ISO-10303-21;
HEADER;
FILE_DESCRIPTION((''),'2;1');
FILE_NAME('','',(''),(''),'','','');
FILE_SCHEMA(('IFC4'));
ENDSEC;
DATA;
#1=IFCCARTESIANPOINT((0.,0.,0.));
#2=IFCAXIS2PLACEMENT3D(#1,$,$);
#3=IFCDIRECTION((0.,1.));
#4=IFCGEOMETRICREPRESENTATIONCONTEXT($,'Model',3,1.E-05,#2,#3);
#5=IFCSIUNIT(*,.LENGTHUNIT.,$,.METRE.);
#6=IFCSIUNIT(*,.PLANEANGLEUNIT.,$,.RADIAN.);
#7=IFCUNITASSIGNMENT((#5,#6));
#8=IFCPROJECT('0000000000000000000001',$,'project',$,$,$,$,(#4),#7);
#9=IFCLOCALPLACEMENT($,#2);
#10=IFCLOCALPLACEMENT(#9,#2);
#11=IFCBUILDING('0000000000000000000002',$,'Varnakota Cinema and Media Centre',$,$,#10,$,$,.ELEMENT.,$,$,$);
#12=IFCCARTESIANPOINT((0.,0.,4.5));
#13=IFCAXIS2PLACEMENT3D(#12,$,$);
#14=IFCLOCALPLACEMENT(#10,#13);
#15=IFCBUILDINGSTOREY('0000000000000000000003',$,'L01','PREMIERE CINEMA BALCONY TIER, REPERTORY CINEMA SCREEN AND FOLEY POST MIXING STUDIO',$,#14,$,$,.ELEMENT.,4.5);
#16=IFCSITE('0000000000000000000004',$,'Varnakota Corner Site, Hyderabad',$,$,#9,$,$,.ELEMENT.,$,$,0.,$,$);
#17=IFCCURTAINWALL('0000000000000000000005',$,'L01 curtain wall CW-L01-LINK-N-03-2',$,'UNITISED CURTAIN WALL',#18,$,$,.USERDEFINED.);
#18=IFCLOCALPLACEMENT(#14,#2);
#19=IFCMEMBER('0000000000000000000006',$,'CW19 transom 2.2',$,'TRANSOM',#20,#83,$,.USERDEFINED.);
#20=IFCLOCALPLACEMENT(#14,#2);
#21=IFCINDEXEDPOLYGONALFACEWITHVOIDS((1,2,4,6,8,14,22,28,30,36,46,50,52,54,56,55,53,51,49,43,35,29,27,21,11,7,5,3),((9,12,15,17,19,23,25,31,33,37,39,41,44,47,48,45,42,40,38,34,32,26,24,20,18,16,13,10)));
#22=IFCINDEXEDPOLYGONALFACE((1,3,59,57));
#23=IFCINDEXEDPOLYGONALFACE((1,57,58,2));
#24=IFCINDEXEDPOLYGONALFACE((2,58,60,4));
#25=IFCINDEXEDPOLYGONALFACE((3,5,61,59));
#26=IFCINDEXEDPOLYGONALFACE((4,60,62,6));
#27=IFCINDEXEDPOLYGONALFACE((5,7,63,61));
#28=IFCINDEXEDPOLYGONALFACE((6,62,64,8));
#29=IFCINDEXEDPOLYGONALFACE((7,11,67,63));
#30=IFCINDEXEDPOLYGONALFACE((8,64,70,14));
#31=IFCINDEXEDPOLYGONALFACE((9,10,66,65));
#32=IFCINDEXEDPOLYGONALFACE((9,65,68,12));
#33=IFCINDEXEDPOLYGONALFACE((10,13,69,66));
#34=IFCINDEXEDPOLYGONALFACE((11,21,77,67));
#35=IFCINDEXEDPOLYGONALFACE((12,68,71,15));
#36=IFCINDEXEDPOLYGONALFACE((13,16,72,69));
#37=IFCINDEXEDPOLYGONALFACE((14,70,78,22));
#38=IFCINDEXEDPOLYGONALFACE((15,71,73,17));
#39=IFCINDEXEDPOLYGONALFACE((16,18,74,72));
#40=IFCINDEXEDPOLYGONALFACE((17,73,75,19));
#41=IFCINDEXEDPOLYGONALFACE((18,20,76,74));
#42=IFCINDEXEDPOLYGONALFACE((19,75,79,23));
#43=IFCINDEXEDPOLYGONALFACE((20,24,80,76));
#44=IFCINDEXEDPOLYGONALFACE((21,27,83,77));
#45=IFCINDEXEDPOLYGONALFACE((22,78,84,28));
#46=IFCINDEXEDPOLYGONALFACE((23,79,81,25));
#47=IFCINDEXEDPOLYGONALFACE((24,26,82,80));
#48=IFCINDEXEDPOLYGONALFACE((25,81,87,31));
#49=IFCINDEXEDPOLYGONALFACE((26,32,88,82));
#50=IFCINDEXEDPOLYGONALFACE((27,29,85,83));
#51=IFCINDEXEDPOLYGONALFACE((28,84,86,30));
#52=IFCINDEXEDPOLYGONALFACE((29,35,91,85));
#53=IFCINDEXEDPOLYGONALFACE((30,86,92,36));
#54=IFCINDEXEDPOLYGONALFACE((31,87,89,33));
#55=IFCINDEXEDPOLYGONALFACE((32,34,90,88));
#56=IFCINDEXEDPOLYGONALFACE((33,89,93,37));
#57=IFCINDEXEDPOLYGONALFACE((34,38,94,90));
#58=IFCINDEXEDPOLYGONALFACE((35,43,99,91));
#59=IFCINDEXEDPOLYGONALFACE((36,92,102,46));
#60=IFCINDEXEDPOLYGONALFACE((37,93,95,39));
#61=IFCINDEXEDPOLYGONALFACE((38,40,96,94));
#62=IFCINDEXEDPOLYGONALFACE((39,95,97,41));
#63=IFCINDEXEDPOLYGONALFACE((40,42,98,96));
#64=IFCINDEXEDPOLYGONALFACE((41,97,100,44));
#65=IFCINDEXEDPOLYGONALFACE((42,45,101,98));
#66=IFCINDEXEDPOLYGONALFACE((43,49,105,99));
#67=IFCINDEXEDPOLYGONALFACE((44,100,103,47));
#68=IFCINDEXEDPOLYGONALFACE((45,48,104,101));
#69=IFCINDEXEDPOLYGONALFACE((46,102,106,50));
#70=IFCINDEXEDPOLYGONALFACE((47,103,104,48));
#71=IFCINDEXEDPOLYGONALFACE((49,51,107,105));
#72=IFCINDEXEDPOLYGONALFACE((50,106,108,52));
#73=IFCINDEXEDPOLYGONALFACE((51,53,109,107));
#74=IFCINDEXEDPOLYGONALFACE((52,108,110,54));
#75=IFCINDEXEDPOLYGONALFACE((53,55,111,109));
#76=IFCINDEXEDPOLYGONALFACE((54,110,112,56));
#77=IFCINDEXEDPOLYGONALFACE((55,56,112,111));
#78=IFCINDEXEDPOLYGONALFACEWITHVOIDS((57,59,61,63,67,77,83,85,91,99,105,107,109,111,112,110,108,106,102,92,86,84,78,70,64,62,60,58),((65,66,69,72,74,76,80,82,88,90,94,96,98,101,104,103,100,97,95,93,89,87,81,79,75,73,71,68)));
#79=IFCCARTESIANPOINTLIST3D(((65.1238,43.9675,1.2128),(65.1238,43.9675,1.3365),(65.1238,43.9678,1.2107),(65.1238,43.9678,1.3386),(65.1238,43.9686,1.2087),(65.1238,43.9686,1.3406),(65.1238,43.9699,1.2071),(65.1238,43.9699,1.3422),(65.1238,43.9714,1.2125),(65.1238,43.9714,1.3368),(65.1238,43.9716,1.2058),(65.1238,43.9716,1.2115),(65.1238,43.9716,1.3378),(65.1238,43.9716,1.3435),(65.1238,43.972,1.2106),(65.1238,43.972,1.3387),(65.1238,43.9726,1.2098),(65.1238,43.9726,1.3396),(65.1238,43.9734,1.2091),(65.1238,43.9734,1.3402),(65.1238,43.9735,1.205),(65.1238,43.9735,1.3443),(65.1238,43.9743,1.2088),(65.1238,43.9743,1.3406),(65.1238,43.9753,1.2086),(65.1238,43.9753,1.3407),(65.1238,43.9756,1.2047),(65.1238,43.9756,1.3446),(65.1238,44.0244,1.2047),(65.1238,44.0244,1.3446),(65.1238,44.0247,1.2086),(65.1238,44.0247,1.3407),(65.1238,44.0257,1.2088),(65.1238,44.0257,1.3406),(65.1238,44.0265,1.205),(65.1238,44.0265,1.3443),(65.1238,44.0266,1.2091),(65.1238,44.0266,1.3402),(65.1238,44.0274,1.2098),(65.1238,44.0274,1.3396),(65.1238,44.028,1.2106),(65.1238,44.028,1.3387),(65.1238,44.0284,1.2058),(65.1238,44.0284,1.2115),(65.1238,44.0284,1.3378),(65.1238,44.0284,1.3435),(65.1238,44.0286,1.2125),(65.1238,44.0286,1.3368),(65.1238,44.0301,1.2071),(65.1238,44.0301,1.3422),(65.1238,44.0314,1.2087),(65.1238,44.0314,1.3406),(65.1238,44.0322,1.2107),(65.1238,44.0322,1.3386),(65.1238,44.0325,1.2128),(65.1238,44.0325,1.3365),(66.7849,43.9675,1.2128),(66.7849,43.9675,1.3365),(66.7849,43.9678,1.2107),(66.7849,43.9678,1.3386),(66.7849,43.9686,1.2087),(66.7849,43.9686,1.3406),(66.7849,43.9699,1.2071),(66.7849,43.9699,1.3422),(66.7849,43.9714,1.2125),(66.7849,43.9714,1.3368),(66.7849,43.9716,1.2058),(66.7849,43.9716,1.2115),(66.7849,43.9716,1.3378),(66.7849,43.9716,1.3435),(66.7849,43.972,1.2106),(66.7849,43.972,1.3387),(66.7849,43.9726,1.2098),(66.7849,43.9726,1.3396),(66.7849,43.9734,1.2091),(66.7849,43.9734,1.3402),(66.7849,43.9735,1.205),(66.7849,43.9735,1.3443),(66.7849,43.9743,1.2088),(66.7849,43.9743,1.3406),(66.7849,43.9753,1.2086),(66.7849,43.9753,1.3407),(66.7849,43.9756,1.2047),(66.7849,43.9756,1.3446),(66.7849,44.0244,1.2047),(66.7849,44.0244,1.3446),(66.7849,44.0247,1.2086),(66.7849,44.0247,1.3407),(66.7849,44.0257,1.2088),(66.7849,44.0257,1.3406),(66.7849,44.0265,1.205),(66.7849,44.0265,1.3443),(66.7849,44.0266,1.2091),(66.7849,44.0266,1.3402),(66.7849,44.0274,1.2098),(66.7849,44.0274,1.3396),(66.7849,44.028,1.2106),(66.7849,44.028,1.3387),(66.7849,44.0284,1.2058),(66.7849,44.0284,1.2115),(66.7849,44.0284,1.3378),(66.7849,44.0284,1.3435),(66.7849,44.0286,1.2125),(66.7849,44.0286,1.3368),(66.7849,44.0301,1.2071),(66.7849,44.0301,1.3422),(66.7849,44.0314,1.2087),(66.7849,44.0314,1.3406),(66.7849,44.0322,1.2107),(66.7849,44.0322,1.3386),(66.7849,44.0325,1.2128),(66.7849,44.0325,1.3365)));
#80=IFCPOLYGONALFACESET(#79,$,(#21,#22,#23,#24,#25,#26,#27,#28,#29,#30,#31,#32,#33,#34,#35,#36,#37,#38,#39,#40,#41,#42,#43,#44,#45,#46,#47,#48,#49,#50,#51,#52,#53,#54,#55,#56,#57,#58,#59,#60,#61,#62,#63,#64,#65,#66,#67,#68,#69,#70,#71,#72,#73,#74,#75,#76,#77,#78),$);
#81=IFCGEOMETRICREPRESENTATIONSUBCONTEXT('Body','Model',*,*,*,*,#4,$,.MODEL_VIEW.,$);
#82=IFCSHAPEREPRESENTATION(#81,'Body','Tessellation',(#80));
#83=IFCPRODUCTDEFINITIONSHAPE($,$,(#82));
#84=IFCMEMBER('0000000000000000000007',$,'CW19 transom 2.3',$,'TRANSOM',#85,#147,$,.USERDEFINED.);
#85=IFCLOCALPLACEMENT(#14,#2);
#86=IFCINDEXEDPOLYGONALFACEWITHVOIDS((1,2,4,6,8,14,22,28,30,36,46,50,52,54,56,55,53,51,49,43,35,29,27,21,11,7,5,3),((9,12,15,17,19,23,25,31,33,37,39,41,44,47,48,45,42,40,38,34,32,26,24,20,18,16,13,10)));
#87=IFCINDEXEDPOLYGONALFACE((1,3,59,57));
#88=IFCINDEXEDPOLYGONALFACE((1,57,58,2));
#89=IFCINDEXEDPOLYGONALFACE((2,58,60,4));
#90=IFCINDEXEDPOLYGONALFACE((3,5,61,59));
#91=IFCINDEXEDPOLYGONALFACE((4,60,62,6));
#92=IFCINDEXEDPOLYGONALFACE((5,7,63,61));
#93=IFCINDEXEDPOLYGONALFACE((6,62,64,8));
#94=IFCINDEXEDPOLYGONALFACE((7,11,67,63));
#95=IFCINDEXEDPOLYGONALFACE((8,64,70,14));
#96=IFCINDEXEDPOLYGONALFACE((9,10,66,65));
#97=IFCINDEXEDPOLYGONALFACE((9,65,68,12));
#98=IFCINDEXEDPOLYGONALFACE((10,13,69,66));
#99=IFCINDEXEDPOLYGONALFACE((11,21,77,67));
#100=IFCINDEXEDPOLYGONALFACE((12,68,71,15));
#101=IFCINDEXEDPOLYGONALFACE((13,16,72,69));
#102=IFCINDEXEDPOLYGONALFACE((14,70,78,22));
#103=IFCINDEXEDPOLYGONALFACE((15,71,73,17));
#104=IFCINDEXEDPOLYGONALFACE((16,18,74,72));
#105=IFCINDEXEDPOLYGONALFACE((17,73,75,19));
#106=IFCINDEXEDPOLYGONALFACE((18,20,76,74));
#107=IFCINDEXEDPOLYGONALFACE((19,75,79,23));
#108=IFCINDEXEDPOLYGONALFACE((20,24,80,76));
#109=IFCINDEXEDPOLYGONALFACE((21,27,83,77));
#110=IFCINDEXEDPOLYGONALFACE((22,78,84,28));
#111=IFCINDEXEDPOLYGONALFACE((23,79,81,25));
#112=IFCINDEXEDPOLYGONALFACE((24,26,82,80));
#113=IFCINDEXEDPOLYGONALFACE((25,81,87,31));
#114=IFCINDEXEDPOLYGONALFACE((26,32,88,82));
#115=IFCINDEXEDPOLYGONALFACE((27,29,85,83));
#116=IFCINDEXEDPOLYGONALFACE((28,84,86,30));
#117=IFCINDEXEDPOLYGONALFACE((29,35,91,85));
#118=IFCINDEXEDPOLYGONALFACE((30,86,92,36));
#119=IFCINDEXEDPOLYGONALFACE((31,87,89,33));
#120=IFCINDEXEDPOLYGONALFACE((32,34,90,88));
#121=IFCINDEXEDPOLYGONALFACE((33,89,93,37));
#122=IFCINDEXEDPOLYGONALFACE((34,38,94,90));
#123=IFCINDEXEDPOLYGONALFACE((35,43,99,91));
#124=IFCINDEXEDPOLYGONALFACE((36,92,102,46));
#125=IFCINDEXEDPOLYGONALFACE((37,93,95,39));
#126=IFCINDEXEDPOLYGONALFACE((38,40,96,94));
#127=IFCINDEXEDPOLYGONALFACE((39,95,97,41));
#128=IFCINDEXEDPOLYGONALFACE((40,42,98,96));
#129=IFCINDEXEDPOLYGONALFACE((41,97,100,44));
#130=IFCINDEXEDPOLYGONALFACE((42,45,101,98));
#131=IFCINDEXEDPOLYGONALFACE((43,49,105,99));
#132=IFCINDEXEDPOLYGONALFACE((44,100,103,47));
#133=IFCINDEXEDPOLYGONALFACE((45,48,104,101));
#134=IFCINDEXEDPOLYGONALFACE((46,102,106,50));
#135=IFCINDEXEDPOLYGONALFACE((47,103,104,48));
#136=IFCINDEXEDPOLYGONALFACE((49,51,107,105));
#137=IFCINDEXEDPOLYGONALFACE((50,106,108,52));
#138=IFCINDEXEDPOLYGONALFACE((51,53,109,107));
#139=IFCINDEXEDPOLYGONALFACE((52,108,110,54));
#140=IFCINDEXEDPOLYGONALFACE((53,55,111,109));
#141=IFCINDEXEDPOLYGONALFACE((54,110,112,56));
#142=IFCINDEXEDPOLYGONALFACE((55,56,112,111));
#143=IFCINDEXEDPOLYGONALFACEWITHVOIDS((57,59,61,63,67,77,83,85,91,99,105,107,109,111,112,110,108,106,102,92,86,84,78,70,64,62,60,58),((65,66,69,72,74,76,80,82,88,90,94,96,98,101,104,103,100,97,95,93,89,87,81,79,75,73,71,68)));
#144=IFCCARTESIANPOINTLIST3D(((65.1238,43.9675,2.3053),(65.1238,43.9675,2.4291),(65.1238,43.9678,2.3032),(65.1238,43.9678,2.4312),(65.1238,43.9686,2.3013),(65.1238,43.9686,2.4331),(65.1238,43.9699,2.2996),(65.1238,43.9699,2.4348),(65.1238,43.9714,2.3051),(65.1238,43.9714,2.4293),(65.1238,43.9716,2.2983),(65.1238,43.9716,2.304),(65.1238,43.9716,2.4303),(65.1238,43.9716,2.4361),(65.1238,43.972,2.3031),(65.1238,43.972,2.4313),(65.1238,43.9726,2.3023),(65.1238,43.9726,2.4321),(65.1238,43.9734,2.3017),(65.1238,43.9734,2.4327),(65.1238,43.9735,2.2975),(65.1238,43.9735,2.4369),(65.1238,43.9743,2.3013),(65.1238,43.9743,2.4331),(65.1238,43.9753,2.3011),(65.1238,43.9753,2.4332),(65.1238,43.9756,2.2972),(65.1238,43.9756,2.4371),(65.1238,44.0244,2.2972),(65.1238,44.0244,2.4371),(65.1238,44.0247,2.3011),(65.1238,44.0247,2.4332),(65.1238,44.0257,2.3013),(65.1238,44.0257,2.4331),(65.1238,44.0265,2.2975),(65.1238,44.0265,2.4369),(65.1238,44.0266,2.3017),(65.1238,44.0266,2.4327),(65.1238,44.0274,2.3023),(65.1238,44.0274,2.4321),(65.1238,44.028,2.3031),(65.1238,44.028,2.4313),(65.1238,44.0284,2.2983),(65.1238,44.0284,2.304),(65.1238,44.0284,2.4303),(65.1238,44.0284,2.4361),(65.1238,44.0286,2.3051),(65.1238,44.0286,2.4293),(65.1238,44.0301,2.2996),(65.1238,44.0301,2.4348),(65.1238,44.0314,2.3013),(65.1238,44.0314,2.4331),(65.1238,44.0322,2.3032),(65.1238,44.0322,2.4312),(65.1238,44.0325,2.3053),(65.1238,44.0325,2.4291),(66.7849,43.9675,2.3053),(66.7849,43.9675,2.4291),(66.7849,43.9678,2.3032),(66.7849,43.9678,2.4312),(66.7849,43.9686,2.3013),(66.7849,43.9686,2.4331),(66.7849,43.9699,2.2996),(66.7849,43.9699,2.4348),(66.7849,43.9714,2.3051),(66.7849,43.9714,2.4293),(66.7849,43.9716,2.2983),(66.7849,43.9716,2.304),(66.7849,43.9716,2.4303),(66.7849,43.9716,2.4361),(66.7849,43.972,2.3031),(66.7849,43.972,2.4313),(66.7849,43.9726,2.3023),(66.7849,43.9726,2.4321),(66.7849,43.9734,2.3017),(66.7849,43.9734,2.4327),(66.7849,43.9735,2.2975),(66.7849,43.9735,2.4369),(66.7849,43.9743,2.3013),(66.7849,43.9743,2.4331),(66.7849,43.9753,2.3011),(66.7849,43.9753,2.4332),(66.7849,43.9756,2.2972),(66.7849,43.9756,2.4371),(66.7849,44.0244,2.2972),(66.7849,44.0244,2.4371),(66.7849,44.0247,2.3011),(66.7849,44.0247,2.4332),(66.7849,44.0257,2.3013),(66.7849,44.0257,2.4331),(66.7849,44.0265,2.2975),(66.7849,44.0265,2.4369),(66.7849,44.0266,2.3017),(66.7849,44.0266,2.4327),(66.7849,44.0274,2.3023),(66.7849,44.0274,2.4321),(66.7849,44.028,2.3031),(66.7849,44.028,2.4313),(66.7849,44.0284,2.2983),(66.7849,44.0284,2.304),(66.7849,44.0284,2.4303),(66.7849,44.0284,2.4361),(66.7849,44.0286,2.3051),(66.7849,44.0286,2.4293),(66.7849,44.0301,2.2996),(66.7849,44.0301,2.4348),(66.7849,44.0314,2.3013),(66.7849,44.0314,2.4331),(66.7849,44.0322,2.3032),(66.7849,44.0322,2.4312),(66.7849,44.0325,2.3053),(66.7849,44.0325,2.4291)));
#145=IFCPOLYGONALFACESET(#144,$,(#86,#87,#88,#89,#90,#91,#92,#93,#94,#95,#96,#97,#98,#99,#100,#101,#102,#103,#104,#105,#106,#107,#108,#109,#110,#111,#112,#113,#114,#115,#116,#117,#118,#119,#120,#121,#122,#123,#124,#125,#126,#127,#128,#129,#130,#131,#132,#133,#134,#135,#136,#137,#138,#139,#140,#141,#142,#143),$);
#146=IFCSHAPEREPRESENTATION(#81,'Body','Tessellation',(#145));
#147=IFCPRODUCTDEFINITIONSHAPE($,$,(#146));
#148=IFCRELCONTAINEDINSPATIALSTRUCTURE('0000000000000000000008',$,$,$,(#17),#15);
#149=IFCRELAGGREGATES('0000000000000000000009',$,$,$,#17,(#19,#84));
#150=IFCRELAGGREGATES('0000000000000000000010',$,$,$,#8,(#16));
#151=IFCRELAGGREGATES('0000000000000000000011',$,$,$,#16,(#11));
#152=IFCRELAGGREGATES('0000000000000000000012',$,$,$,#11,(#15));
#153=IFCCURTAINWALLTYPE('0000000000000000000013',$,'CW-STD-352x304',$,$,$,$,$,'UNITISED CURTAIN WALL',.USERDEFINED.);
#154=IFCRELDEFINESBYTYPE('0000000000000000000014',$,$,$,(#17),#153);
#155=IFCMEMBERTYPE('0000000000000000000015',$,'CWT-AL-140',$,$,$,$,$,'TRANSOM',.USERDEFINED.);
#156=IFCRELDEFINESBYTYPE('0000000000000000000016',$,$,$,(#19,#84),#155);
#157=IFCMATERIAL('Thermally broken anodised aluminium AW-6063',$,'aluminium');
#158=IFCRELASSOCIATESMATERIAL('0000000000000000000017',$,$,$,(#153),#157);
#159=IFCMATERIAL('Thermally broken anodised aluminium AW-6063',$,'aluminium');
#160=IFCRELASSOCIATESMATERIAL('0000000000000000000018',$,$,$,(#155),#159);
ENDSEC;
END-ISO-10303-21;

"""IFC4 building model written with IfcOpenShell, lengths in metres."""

from ifc_helpers import new_model, si_unit, direction, frame, origin, origin_2d, place, context, subcontext, project, spatial, hollow_rectangle, extrude, material, material_profile, profile_set, type_object, element, aggregate, save


model = new_model("IFC4")

# Units and contexts
model_context = context("Model", 3, precision=1e-05, world=origin(), true_north=direction((0.0, 1.0)))
body_context = subcontext(model_context, "Body", "Model", "MODEL_VIEW")
ifc_project = project(units=[si_unit("LENGTHUNIT", "METRE"), si_unit("PLANEANGLEUNIT", "RADIAN")], contexts=[model_context])

# Site, building, storey
site_placement = place(None, origin())
site = spatial("IfcSite", under=ifc_project, at=site_placement, Name="Varnakota Corner Site, Hyderabad", CompositionType="ELEMENT", RefElevation=0.0)
building_placement = place(site_placement, origin())
building = spatial("IfcBuilding", under=site, at=building_placement, Name="Varnakota Cinema and Media Centre", CompositionType="ELEMENT")
storey_placement = place(building_placement, frame((0.0, 0.0, 4.5)))
storey = spatial("IfcBuildingStorey", under=building, at=storey_placement, Name="L01", Description="PREMIERE CINEMA BALCONY TIER, REPERTORY CINEMA SCREEN AND FOLEY POST MIXING STUDIO", CompositionType="ELEMENT", Elevation=4.5)

# Curtain wall
ifc_material_1 = material(Name="Thermally broken anodised aluminium AW-6063", Category="aluminium")
curtain_wall_type_1 = type_object("IfcCurtainWallType", Name="CW-STD-352x304", ElementType="UNITISED CURTAIN WALL", PredefinedType="USERDEFINED", material=ifc_material_1)
curtain_wall_1_placement = place(storey_placement, origin())
curtain_wall_1 = element("IfcCurtainWall", 1, at=curtain_wall_1_placement, inside=storey, type_object=curtain_wall_type_1, Name="L01 curtain wall CW-L01-LINK-N-03-2", ObjectType="UNITISED CURTAIN WALL", PredefinedType="USERDEFINED")

# Members
ifc_material_2 = material(Name="Thermally broken anodised aluminium AW-6063", Category="aluminium")
ifc_material_profile_1 = material_profile(ifc_material_2, hollow_rectangle(XDim=0.0649, YDim=0.1399, WallThickness=0.0039, InnerFilletRadius=0.0039, OuterFilletRadius=0.0081, at=origin_2d()), Name="AL-TRANSOM 140x65x4")
ifc_profile_set_1 = profile_set([ifc_material_profile_1], Name="Thermally broken anodised aluminium AW-6063")
member_type_1 = type_object("IfcMemberType", Name="CWT-AL-140", ElementType="TRANSOM", PredefinedType="USERDEFINED", material=ifc_profile_set_1)
member_1_placement = place(storey_placement, frame((65.1238, 44.0, 1.2747), z_axis=(1.0, 0.0, 0.0), x_axis=(0.0, 1.0, 0.0)))
member_1 = element("IfcMember", 2, at=member_1_placement, type_object=member_type_1, Name="CW19 transom 2.2", ObjectType="TRANSOM", PredefinedType="USERDEFINED", context=body_context, shape_type="SweptSolid", body=[
    extrude(hollow_rectangle(XDim=0.0649, YDim=0.1399, WallThickness=0.0039, InnerFilletRadius=0.0039, OuterFilletRadius=0.0081, at=origin_2d()), origin(), (0.0, 0.0, 1.0), 1.6611),
])
member_2_placement = place(storey_placement, frame((65.1238, 44.0, 2.3672), z_axis=(1.0, 0.0, 0.0), x_axis=(0.0, 1.0, 0.0)))
member_2 = element("IfcMember", 3, at=member_2_placement, type_object=member_type_1, Name="CW19 transom 2.3", ObjectType="TRANSOM", PredefinedType="USERDEFINED", context=body_context, shape_type="SweptSolid", body=[
    extrude(hollow_rectangle(XDim=0.0649, YDim=0.1399, WallThickness=0.0039, InnerFilletRadius=0.0039, OuterFilletRadius=0.0081, at=origin_2d()), origin(), (0.0, 0.0, 1.0), 1.6611),
])

aggregate(curtain_wall_1, [member_1, member_2])

save(model, "model.ifc")
